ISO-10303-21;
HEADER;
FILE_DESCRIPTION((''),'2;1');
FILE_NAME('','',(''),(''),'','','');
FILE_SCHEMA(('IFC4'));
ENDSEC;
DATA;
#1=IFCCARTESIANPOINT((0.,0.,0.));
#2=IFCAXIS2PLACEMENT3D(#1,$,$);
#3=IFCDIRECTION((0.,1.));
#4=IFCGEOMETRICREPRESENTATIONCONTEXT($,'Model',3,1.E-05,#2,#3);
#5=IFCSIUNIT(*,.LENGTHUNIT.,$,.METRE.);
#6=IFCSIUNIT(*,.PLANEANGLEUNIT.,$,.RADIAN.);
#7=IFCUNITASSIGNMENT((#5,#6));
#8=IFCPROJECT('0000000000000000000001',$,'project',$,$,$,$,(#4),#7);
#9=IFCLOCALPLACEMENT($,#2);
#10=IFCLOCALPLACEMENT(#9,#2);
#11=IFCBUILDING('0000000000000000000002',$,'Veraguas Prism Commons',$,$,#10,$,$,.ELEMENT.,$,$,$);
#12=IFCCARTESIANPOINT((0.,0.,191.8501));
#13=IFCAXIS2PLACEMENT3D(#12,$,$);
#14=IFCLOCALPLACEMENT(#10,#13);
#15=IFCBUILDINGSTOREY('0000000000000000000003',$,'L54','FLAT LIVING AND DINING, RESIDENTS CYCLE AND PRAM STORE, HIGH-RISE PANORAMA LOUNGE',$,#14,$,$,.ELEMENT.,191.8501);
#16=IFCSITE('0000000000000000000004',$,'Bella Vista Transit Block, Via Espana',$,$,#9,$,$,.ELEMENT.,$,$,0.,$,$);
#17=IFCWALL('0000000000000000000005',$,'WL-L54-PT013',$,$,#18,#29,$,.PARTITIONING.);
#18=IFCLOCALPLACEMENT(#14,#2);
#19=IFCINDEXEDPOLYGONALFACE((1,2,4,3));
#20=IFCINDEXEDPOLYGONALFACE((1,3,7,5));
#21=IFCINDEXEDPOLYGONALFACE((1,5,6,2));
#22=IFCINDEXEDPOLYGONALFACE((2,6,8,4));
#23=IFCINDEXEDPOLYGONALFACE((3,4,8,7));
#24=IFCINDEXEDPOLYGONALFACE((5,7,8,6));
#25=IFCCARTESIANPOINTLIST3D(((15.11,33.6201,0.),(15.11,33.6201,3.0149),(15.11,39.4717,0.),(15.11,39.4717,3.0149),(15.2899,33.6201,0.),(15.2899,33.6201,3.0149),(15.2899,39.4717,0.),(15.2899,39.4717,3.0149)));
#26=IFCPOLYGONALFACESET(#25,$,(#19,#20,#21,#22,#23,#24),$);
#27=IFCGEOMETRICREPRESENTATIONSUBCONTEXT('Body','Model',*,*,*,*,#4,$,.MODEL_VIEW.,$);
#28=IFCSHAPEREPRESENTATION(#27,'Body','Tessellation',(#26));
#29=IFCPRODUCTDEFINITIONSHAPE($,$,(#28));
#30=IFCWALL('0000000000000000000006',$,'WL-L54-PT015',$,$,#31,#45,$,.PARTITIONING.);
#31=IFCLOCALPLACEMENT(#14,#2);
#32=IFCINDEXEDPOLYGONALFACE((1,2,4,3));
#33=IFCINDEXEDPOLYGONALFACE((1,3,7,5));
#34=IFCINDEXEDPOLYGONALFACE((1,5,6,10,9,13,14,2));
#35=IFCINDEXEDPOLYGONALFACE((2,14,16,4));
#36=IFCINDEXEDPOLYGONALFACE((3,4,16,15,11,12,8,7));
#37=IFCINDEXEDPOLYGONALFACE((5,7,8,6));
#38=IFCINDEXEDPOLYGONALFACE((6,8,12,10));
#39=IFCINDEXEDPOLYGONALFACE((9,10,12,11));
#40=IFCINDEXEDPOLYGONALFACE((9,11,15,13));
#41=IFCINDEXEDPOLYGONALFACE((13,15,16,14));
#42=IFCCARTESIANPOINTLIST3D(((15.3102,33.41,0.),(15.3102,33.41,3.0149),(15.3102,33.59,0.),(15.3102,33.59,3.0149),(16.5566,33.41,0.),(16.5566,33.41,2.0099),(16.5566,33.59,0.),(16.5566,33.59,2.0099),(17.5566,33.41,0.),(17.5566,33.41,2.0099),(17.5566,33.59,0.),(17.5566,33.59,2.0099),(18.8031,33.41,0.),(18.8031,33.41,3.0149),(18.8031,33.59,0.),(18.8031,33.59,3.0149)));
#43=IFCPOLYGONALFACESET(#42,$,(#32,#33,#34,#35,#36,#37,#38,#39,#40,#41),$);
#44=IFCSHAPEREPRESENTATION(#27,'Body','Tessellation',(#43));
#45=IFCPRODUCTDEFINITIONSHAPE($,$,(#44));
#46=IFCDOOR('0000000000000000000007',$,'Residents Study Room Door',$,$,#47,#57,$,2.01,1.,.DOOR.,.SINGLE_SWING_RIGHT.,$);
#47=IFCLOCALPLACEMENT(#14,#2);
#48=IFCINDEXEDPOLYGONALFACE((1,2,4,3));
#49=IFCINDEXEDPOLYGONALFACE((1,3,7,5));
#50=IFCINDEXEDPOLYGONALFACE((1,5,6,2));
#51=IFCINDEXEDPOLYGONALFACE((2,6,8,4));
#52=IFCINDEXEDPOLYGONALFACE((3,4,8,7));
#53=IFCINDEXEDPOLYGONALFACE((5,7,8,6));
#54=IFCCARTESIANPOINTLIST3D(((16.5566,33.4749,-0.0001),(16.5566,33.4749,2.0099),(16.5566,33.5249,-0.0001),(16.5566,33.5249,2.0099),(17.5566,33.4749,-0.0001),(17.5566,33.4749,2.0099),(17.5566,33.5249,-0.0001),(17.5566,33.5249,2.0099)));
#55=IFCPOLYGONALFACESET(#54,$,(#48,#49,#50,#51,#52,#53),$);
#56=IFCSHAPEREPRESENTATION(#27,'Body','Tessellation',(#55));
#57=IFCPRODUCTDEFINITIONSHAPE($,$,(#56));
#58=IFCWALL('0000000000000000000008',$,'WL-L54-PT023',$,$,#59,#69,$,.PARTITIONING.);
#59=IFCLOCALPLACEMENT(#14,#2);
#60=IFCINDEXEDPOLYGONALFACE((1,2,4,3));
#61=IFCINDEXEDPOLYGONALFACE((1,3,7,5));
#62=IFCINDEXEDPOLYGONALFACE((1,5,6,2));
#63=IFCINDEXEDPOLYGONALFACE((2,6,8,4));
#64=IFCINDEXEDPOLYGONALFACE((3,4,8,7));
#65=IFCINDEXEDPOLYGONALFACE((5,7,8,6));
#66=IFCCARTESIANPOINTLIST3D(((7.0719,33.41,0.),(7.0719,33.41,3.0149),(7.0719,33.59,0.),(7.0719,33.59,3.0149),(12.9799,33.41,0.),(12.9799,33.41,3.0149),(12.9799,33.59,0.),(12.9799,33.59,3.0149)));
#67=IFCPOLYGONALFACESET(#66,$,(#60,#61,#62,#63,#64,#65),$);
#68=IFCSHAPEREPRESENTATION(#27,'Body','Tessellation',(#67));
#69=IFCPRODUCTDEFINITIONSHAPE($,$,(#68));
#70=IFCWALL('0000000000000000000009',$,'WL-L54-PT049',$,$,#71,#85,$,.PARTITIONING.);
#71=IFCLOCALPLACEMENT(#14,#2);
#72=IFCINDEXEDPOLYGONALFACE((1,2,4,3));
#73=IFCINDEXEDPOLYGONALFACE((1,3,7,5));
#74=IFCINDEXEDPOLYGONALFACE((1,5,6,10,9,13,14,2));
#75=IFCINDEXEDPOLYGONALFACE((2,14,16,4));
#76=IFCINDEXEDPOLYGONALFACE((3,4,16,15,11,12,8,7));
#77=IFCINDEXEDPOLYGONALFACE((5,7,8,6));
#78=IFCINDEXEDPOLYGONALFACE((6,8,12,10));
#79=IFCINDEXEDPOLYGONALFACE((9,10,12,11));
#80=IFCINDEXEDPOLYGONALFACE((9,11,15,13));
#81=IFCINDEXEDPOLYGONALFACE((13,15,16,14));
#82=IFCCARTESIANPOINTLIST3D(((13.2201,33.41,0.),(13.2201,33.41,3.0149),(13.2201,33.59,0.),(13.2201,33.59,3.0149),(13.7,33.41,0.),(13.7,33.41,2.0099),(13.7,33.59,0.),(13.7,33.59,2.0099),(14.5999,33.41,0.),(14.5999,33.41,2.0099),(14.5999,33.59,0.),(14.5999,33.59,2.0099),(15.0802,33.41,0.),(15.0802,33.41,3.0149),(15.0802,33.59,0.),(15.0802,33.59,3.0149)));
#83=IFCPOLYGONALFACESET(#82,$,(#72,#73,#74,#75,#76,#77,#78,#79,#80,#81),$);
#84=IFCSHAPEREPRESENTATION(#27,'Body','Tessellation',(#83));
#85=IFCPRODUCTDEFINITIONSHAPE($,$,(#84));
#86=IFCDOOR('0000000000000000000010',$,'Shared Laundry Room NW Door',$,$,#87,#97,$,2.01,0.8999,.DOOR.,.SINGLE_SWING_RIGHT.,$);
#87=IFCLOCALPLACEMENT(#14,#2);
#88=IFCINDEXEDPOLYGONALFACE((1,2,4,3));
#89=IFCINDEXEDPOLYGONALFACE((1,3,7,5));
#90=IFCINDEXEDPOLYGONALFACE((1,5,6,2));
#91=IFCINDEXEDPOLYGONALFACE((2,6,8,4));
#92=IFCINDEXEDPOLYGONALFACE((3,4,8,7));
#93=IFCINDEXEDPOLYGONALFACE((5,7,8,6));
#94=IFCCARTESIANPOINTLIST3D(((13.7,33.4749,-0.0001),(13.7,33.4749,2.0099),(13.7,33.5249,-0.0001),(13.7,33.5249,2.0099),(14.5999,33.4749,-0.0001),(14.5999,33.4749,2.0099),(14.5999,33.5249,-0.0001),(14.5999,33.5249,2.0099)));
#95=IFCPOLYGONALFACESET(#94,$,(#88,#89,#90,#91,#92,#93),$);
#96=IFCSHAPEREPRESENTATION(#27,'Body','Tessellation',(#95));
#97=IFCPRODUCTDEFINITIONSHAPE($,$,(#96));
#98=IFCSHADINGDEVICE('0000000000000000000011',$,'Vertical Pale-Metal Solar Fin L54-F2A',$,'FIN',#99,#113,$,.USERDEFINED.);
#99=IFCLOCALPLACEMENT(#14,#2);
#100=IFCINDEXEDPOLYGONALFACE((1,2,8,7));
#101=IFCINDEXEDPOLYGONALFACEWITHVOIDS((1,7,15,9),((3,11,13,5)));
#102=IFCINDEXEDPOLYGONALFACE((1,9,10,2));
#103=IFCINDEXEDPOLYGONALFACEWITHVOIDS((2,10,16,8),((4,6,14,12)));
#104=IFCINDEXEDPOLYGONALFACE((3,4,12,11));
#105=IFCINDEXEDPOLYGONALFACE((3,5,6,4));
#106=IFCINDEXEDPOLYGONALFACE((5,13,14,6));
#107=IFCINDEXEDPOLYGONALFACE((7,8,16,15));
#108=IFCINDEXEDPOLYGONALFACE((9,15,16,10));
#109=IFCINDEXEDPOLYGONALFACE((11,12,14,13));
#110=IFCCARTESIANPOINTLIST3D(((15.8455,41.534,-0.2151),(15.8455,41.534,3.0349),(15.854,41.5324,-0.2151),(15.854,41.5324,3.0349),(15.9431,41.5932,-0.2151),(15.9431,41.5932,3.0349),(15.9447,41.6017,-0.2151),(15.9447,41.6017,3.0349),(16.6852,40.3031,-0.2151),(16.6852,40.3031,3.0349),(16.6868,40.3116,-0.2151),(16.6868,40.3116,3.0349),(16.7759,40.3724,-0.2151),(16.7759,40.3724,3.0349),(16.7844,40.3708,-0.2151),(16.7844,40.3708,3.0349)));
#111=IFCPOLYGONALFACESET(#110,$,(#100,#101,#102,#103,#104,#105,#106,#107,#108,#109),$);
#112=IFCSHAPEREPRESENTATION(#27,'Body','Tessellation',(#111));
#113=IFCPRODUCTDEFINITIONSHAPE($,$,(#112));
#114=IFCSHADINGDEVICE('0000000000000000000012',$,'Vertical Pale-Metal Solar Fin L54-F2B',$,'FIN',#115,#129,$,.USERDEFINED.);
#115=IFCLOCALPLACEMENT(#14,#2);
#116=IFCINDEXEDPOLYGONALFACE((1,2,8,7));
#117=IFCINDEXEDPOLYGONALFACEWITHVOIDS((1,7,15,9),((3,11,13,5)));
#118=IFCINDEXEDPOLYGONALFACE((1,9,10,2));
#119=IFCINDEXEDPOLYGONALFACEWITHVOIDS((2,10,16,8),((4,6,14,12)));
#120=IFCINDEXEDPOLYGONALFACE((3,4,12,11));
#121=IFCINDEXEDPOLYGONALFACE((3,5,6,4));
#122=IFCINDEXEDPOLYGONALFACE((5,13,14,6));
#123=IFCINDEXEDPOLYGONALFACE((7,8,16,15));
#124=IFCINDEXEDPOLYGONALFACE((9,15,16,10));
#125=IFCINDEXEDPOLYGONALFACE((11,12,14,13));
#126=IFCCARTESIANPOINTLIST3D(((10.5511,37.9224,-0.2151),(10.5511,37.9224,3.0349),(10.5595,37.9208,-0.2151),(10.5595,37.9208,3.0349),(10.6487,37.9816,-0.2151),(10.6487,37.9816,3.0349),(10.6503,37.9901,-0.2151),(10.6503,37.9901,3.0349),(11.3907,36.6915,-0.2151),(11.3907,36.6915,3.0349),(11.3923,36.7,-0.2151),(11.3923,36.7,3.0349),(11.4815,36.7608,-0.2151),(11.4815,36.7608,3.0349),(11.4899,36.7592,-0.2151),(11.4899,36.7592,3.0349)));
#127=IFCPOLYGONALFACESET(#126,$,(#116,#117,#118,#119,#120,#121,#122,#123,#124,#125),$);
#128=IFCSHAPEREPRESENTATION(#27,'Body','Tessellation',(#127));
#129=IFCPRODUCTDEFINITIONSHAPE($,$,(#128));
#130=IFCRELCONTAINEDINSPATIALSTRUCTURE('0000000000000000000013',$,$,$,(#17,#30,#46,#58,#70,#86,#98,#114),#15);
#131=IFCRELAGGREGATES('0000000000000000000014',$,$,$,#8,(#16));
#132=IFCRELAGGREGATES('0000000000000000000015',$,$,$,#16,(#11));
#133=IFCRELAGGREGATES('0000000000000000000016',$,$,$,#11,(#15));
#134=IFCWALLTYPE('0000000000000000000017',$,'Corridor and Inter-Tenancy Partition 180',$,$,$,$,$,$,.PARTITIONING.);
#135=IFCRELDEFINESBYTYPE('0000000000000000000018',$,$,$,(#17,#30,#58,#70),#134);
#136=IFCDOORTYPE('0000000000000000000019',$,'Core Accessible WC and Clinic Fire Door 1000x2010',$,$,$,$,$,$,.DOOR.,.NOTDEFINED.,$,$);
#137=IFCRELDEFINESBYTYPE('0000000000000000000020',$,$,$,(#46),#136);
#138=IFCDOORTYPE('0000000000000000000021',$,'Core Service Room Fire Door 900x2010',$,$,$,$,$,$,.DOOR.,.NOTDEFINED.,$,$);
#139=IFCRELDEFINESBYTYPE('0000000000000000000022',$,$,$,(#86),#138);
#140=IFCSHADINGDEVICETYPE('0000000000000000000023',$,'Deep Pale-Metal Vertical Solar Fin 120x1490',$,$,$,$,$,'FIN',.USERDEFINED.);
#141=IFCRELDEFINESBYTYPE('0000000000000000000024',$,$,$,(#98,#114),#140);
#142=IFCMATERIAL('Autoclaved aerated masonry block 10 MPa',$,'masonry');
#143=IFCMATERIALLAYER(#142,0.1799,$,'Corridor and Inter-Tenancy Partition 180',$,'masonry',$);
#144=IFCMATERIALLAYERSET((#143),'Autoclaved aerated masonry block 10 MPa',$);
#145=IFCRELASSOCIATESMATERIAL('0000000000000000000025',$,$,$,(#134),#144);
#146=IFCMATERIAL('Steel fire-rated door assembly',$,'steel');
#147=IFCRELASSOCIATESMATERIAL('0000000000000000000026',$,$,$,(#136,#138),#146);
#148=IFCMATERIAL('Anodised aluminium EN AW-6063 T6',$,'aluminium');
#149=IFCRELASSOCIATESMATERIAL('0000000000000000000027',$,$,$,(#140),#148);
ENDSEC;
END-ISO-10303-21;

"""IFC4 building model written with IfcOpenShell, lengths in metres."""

from ifc_helpers import new_model, si_unit, direction, frame, frame_2d, origin, origin_2d, place, context, subcontext, project, spatial, rectangle, hollow_rectangle, extrude, source, transform, mapped, material, layer, layer_set, material_profile, profile_set, type_object, element, fill, save


model = new_model("IFC4")

# Units and contexts
model_context = context("Model", 3, precision=1e-05, world=origin(), true_north=direction((0.0, 1.0)))
body_context = subcontext(model_context, "Body", "Model", "MODEL_VIEW")
ifc_project = project(units=[si_unit("LENGTHUNIT", "METRE"), si_unit("PLANEANGLEUNIT", "RADIAN")], contexts=[model_context])

# Site, building, storey
site_placement = place(None, origin())
site = spatial("IfcSite", under=ifc_project, at=site_placement, Name="Bella Vista Transit Block, Via Espana", CompositionType="ELEMENT", RefElevation=0.0)
building_placement = place(site_placement, origin())
building = spatial("IfcBuilding", under=site, at=building_placement, Name="Veraguas Prism Commons", CompositionType="ELEMENT")
storey_placement = place(building_placement, frame((0.0, 0.0, 191.8501)))
storey = spatial("IfcBuildingStorey", under=building, at=storey_placement, Name="L54", Description="FLAT LIVING AND DINING, RESIDENTS CYCLE AND PRAM STORE, HIGH-RISE PANORAMA LOUNGE", CompositionType="ELEMENT", Elevation=191.8501)

# Shared definitions
ifc_material_1 = material(Name="Anodised aluminium EN AW-6063 T6", Category="aluminium")

# Wall
ifc_material_2 = material(Name="Autoclaved aerated masonry block 10 MPa", Category="masonry")
ifc_layer_1 = layer(ifc_material_2, 0.1799, Name="Corridor and Inter-Tenancy Partition 180", Category="masonry")
ifc_layer_set_1 = layer_set([ifc_layer_1], Name="Autoclaved aerated masonry block 10 MPa")
wall_type = type_object("IfcWallType", Name="Corridor and Inter-Tenancy Partition 180", PredefinedType="PARTITIONING", material=ifc_layer_set_1)
wall_1_placement = place(storey_placement, frame((15.2, 33.6201, 0.0), z_axis=(0.0, 0.0, 1.0), x_axis=(0.0, 1.0, 0.0)))
element("IfcWall", 1, at=wall_1_placement, inside=storey, type_object=wall_type, Name="WL-L54-PT013", PredefinedType="PARTITIONING", context=body_context, shape_type="SweptSolid", body=[
    extrude(rectangle(XDim=5.8516, YDim=0.1799, at=frame_2d((2.9258, 0.0))), origin(), (0.0, 0.0, 1.0), 3.0149),
])

# Wall, opening, door
wall_2_placement = place(storey_placement, frame((15.3101, 33.5, 0.0), z_axis=(0.0, 0.0, 1.0), x_axis=(1.0, 0.0, 0.0)))
wall_2 = element("IfcWall", 2, at=wall_2_placement, inside=storey, type_object=wall_type, Name="WL-L54-PT015", PredefinedType="PARTITIONING", context=body_context, shape_type="SweptSolid", body=[
    extrude(rectangle(XDim=3.4929, YDim=0.1799, at=frame_2d((1.7466, 0.0))), origin(), (0.0, 0.0, 1.0), 3.0149),
])
opening_1_placement = place(wall_2_placement, frame((1.2466, 0.0, 0.0)))
opening_1 = element("IfcOpeningElement", 3, at=opening_1_placement, cuts=wall_2, PredefinedType="OPENING", context=body_context, shape_type="SweptSolid", body=[
    extrude(rectangle(XDim=1.0, YDim=2.01, at=frame_2d((0.5, 1.0049))), frame((0.0, 0.0999, 0.0), z_axis=(0.0, -1.0, 0.0), x_axis=(1.0, 0.0, 0.0)), (0.0, 0.0, 1.0), 0.2),
])
ifc_material_3 = material(Name="Steel fire-rated door assembly", Category="steel")
door_type_1 = type_object("IfcDoorType", Name="Core Accessible WC and Clinic Fire Door 1000x2010", OperationType="NOTDEFINED", PredefinedType="DOOR", material=ifc_material_3)
shared_shape_1 = source(origin(), body_context, "Body", "SweptSolid", [
    extrude(rectangle(XDim=1.0, YDim=2.01, at=frame_2d((0.5, 1.0049))), frame((0.0, 0.0249, 0.0), z_axis=(0.0, -1.0, 0.0), x_axis=(1.0, 0.0, 0.0)), (0.0, 0.0, 1.0), 0.05),
])
door_1_placement = place(opening_1_placement, origin())
door_1 = element("IfcDoor", 4, at=door_1_placement, inside=storey, type_object=door_type_1, Name="Residents Study Room Door", OperationType="SINGLE_SWING_RIGHT", OverallHeight=2.01, OverallWidth=1.0, PredefinedType="DOOR", context=body_context, shape_type="MappedRepresentation", body=[
    mapped(shared_shape_1, transform((0.0, 0.0, 0.0), scale=1.0)),
])
fill(opening_1, door_1)

# Wall
wall_3_placement = place(storey_placement, frame((12.98, 33.5, 0.0), z_axis=(0.0, 0.0, 1.0), x_axis=(-1.0, 0.0, 0.0)))
element("IfcWall", 5, at=wall_3_placement, inside=storey, type_object=wall_type, Name="WL-L54-PT023", PredefinedType="PARTITIONING", context=body_context, shape_type="SweptSolid", body=[
    extrude(rectangle(XDim=5.908, YDim=0.1799, at=frame_2d((2.9541, 0.0))), origin(), (0.0, 0.0, 1.0), 3.0149),
])

# Wall, opening, door
wall_4_placement = place(storey_placement, frame((13.22, 33.5, 0.0), z_axis=(0.0, 0.0, 1.0), x_axis=(1.0, 0.0, 0.0)))
wall_4 = element("IfcWall", 6, at=wall_4_placement, inside=storey, type_object=wall_type, Name="WL-L54-PT049", PredefinedType="PARTITIONING", context=body_context, shape_type="SweptSolid", body=[
    extrude(rectangle(XDim=1.8601, YDim=0.1799, at=frame_2d((0.9302, 0.0))), origin(), (0.0, 0.0, 1.0), 3.0149),
])
opening_2_placement = place(wall_4_placement, frame((0.48, 0.0, 0.0)))
opening_2 = element("IfcOpeningElement", 7, at=opening_2_placement, cuts=wall_4, PredefinedType="OPENING", context=body_context, shape_type="SweptSolid", body=[
    extrude(rectangle(XDim=0.8999, YDim=2.01, at=frame_2d((0.45, 1.0049))), frame((0.0, 0.0999, 0.0), z_axis=(0.0, -1.0, 0.0), x_axis=(1.0, 0.0, 0.0)), (0.0, 0.0, 1.0), 0.2),
])
door_type_2 = type_object("IfcDoorType", Name="Core Service Room Fire Door 900x2010", OperationType="NOTDEFINED", PredefinedType="DOOR", material=ifc_material_3)
shared_shape_2 = source(origin(), body_context, "Body", "SweptSolid", [
    extrude(rectangle(XDim=0.8999, YDim=2.01, at=frame_2d((0.45, 1.0049))), frame((0.0, 0.0249, 0.0), z_axis=(0.0, -1.0, 0.0), x_axis=(1.0, 0.0, 0.0)), (0.0, 0.0, 1.0), 0.05),
])
door_2_placement = place(opening_2_placement, origin())
door_2 = element("IfcDoor", 8, at=door_2_placement, inside=storey, type_object=door_type_2, Name="Shared Laundry Room NW Door", OperationType="SINGLE_SWING_RIGHT", OverallHeight=2.01, OverallWidth=0.8999, PredefinedType="DOOR", context=body_context, shape_type="MappedRepresentation", body=[
    mapped(shared_shape_2, transform((0.0, 0.0, 0.0), scale=1.0)),
])
fill(opening_2, door_2)

# Shading devices
ifc_material_profile_1 = material_profile(ifc_material_1, hollow_rectangle(XDim=0.1201, YDim=1.49, WallThickness=0.0061, at=origin_2d()), Name="FIN120X1490X6")
ifc_profile_set_1 = profile_set([ifc_material_profile_1], Name="Anodised aluminium EN AW-6063 T6")
shading_device_type = type_object("IfcShadingDeviceType", Name="Deep Pale-Metal Vertical Solar Fin 120x1490", ElementType="FIN", PredefinedType="USERDEFINED", material=ifc_profile_set_1)
for number, where, z_axis, x_axis, name in (
    (9, (16.3149, 40.9524, -0.2151), (0.0, 0.0, 1.0), (-0.826097, -0.563527, 0.0), "Vertical Pale-Metal Solar Fin L54-F2A"),
    (10, (11.0205, 37.3408, -0.2151), (0.0, 0.0, 1.0), (-0.826097, -0.563527, 0.0), "Vertical Pale-Metal Solar Fin L54-F2B"),
):
    element("IfcShadingDevice", number, at=place(storey_placement, frame(where, z_axis=z_axis, x_axis=x_axis)), inside=storey, type_object=shading_device_type, Name=name, ObjectType="FIN", PredefinedType="USERDEFINED", context=body_context, shape_type="SweptSolid", body=[
        extrude(hollow_rectangle(XDim=0.1201, YDim=1.49, WallThickness=0.0061, at=origin_2d()), origin(), (0.0, 0.0, 1.0), 3.25),
    ])

save(model, "model.ifc")
